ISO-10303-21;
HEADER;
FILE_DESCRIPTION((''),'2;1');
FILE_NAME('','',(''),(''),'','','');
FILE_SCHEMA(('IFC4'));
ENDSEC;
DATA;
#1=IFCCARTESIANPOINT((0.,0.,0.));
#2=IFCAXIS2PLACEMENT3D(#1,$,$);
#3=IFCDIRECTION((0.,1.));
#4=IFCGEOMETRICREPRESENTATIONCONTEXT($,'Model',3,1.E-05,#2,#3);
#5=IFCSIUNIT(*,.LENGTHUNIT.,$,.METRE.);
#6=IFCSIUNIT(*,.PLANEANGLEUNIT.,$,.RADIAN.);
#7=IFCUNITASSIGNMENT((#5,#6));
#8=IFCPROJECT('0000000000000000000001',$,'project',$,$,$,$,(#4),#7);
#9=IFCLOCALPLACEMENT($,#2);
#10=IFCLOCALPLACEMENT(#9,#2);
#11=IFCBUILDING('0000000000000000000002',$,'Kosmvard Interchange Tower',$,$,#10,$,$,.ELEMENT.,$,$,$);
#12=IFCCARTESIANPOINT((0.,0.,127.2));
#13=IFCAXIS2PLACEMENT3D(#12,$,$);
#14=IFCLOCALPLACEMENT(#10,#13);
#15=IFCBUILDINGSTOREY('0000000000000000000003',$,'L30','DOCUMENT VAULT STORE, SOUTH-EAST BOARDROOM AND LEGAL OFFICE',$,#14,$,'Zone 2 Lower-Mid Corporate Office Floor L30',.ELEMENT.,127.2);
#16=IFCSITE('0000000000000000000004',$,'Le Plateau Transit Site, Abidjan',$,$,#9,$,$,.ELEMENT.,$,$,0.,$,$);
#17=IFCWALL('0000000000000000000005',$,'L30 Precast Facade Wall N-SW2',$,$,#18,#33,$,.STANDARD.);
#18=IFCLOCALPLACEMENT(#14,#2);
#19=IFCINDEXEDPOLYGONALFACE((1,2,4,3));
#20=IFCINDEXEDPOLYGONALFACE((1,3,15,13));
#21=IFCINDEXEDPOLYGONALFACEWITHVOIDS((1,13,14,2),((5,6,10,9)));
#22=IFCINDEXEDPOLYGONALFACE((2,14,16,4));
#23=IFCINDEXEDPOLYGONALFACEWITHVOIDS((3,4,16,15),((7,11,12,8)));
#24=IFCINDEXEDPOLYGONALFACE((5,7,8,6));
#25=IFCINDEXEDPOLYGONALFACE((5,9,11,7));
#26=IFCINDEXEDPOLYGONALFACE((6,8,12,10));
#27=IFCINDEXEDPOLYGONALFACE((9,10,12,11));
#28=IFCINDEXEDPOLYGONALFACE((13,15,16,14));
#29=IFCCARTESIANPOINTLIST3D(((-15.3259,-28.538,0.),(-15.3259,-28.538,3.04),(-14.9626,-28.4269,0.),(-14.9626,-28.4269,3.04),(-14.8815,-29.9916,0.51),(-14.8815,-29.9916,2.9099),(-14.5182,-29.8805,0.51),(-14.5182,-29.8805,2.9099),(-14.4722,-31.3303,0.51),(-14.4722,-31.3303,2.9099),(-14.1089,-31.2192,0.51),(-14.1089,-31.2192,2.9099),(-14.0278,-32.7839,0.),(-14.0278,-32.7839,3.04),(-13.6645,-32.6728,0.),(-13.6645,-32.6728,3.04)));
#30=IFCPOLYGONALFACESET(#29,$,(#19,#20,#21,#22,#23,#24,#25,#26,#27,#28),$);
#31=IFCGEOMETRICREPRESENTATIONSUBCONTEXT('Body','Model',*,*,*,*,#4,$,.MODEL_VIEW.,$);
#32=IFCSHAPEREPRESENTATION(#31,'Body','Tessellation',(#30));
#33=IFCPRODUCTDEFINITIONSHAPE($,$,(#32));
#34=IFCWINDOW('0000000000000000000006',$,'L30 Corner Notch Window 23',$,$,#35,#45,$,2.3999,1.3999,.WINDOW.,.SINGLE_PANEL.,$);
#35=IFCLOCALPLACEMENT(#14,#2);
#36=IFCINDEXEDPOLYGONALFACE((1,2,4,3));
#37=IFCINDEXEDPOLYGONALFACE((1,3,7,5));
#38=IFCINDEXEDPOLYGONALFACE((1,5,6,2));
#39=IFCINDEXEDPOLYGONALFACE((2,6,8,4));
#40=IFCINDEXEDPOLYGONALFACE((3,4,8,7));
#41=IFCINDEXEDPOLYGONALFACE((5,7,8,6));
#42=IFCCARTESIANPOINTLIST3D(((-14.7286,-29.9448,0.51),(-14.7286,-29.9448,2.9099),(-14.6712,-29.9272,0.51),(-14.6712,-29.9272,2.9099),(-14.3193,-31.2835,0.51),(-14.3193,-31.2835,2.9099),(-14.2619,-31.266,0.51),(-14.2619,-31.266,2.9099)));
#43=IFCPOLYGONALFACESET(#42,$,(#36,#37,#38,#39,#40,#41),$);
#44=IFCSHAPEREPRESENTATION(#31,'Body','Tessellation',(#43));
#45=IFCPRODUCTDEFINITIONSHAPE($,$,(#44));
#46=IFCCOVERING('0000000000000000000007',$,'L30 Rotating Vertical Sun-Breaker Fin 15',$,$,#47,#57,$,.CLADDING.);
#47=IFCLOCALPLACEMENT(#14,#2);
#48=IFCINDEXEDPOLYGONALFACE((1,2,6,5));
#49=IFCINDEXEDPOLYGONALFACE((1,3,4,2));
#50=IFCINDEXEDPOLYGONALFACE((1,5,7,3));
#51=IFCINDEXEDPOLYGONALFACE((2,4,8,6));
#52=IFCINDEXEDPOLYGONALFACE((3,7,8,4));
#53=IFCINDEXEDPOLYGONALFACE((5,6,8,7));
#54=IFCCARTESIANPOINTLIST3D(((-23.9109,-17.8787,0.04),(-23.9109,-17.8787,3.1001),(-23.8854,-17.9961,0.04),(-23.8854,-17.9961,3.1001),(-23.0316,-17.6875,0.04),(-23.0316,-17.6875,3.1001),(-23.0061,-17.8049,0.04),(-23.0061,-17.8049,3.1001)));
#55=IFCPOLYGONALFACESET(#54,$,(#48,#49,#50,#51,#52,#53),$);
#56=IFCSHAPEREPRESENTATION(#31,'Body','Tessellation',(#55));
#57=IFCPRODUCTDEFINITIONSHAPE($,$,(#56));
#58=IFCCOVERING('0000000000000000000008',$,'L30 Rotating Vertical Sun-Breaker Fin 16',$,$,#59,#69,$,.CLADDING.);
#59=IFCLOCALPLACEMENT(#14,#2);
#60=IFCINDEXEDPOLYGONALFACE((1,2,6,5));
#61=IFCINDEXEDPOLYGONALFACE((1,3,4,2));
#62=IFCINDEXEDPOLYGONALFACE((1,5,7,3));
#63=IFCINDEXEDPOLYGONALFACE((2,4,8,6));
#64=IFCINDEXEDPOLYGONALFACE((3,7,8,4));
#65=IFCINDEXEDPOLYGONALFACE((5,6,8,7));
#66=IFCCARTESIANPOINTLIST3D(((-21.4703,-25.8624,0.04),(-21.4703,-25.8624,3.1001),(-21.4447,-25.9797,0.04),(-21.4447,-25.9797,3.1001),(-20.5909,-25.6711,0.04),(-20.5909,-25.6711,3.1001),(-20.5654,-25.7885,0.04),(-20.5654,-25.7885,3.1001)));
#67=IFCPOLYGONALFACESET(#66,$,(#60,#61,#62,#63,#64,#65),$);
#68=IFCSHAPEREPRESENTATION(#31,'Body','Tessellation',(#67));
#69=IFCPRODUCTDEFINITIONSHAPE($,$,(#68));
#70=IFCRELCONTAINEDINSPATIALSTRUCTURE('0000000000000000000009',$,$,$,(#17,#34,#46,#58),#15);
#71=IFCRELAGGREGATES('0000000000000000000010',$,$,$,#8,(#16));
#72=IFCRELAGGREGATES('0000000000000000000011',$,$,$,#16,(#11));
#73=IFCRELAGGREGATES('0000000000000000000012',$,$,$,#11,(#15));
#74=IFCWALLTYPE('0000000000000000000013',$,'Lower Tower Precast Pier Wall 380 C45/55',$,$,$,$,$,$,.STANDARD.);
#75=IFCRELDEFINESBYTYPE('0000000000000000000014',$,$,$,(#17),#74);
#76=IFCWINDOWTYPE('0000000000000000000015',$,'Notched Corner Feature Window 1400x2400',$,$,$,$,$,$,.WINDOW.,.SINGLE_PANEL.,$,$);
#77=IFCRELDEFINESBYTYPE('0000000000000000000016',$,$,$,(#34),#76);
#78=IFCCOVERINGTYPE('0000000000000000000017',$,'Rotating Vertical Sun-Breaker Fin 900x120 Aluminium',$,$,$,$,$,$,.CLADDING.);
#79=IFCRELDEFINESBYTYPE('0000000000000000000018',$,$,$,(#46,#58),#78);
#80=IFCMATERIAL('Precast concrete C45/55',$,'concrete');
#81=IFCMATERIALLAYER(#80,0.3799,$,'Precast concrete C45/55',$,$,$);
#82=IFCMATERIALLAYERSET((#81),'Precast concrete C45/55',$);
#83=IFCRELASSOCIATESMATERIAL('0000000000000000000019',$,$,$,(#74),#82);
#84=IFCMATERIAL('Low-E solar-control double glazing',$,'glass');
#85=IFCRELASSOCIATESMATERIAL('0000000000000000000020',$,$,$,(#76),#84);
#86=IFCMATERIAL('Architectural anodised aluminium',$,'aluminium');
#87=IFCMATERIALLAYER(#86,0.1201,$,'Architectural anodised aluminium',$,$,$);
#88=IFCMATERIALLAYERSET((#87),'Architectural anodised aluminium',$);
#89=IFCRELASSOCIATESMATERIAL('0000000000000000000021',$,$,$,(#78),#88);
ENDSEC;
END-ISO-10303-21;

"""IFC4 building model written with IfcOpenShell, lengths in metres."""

from ifc_helpers import new_model, si_unit, direction, frame, frame_2d, origin, origin_2d, place, context, subcontext, project, spatial, rectangle, extrude, source, transform, mapped, material, layer, layer_set, type_object, element, fill, save


model = new_model("IFC4")

# Units and contexts
model_context = context("Model", 3, precision=1e-05, world=origin(), true_north=direction((0.0, 1.0)))
body_context = subcontext(model_context, "Body", "Model", "MODEL_VIEW")
ifc_project = project(units=[si_unit("LENGTHUNIT", "METRE"), si_unit("PLANEANGLEUNIT", "RADIAN")], contexts=[model_context])

# Site, building, storey
site_placement = place(None, origin())
site = spatial("IfcSite", under=ifc_project, at=site_placement, Name="Le Plateau Transit Site, Abidjan", CompositionType="ELEMENT", RefElevation=0.0)
building_placement = place(site_placement, origin())
building = spatial("IfcBuilding", under=site, at=building_placement, Name="Kosmvard Interchange Tower", CompositionType="ELEMENT")
storey_placement = place(building_placement, frame((0.0, 0.0, 127.2)))
storey = spatial("IfcBuildingStorey", under=building, at=storey_placement, Name="L30", Description="DOCUMENT VAULT STORE, SOUTH-EAST BOARDROOM AND LEGAL OFFICE", LongName="Zone 2 Lower-Mid Corporate Office Floor L30", CompositionType="ELEMENT", Elevation=127.2)

# Shared definitions
ifc_material_1 = material(Name="Precast concrete C45/55", Category="concrete")

# Shared definitions
ifc_layer_1 = layer(ifc_material_1, 0.3799, Name="Precast concrete C45/55")
ifc_layer_set_1 = layer_set([ifc_layer_1], Name="Precast concrete C45/55")
wall_type = type_object("IfcWallType", Name="Lower Tower Precast Pier Wall 380 C45/55", PredefinedType="STANDARD", material=ifc_layer_set_1)
ifc_material_2 = material(Name="Low-E solar-control double glazing", Category="glass")
window_type_1 = type_object("IfcWindowType", Name="Notched Corner Feature Window 1400x2400", PartitioningType="SINGLE_PANEL", PredefinedType="WINDOW", material=ifc_material_2)
shared_shape_1 = source(origin(), body_context, "Body", "SweptSolid", [
    extrude(rectangle(XDim=1.3999, YDim=2.3999, at=frame_2d((0.7, 1.2))), frame((0.0, 0.03, 0.0), z_axis=(0.0, -1.0, 0.0), x_axis=(1.0, 0.0, 0.0)), (0.0, 0.0, 1.0), 0.0601),
])

# Wall, opening, window
wall_1_placement = place(storey_placement, frame((-15.1443, -28.4824, 0.0), z_axis=(0.0, 0.0, 1.0), x_axis=(0.292374, -0.956304, 0.0)))
wall_1 = element("IfcWall", 1, at=wall_1_placement, inside=storey, type_object=wall_type, Name="L30 Precast Facade Wall N-SW2", PredefinedType="STANDARD", context=body_context, shape_type="SweptSolid", body=[
    extrude(rectangle(XDim=4.4399, YDim=0.3799, at=frame_2d((2.22, 0.0))), origin(), (0.0, 0.0, 1.0), 3.04),
])
opening_1_placement = place(wall_1_placement, frame((1.52, 0.0, 0.51)))
opening_1 = element("IfcOpeningElement", 2, at=opening_1_placement, cuts=wall_1, PredefinedType="OPENING", context=body_context, shape_type="SweptSolid", body=[
    extrude(rectangle(XDim=1.3999, YDim=2.3999, at=frame_2d((0.7, 1.2))), frame((0.0, 0.2, 0.0), z_axis=(0.0, -1.0, 0.0), x_axis=(1.0, 0.0, 0.0)), (0.0, 0.0, 1.0), 0.3999),
])
window_1_placement = place(opening_1_placement, origin())
window_1 = element("IfcWindow", 3, at=window_1_placement, inside=storey, type_object=window_type_1, Name="L30 Corner Notch Window 23", OverallHeight=2.3999, OverallWidth=1.3999, PartitioningType="SINGLE_PANEL", PredefinedType="WINDOW", context=body_context, shape_type="MappedRepresentation", body=[
    mapped(shared_shape_1, transform((0.0, 0.0, 0.0), scale=1.0)),
])
fill(opening_1, window_1)

# Coverings
ifc_material_3 = material(Name="Architectural anodised aluminium", Category="aluminium")
ifc_layer_2 = layer(ifc_material_3, 0.1201, Name="Architectural anodised aluminium")
ifc_layer_set_2 = layer_set([ifc_layer_2], Name="Architectural anodised aluminium")
covering_type = type_object("IfcCoveringType", Name="Rotating Vertical Sun-Breaker Fin 900x120 Aluminium", PredefinedType="CLADDING", material=ifc_layer_set_2)
shared_shape_2 = source(origin(), body_context, "Body", "SweptSolid", [
    extrude(rectangle(XDim=0.8999, YDim=0.1201, at=origin_2d()), origin(), (0.0, 0.0, 1.0), 3.0601),
])
for number, where, z_axis, x_axis, name in (
    (4, (-23.4585, -17.8418, 0.04), (0.0, 0.0, 1.0), (-0.977157, -0.212519, 0.0), "L30 Rotating Vertical Sun-Breaker Fin 15"),
    (5, (-21.0178, -25.8254, 0.04), (0.0, 0.0, 1.0), (-0.977157, -0.212519, 0.0), "L30 Rotating Vertical Sun-Breaker Fin 16"),
):
    element("IfcCovering", number, at=place(storey_placement, frame(where, z_axis=z_axis, x_axis=x_axis)), inside=storey, type_object=covering_type, Name=name, PredefinedType="CLADDING", context=body_context, shape_type="MappedRepresentation", body=[
        mapped(shared_shape_2, transform((0.0, 0.0, 0.0), scale=1.0)),
    ])

save(model, "model.ifc")
